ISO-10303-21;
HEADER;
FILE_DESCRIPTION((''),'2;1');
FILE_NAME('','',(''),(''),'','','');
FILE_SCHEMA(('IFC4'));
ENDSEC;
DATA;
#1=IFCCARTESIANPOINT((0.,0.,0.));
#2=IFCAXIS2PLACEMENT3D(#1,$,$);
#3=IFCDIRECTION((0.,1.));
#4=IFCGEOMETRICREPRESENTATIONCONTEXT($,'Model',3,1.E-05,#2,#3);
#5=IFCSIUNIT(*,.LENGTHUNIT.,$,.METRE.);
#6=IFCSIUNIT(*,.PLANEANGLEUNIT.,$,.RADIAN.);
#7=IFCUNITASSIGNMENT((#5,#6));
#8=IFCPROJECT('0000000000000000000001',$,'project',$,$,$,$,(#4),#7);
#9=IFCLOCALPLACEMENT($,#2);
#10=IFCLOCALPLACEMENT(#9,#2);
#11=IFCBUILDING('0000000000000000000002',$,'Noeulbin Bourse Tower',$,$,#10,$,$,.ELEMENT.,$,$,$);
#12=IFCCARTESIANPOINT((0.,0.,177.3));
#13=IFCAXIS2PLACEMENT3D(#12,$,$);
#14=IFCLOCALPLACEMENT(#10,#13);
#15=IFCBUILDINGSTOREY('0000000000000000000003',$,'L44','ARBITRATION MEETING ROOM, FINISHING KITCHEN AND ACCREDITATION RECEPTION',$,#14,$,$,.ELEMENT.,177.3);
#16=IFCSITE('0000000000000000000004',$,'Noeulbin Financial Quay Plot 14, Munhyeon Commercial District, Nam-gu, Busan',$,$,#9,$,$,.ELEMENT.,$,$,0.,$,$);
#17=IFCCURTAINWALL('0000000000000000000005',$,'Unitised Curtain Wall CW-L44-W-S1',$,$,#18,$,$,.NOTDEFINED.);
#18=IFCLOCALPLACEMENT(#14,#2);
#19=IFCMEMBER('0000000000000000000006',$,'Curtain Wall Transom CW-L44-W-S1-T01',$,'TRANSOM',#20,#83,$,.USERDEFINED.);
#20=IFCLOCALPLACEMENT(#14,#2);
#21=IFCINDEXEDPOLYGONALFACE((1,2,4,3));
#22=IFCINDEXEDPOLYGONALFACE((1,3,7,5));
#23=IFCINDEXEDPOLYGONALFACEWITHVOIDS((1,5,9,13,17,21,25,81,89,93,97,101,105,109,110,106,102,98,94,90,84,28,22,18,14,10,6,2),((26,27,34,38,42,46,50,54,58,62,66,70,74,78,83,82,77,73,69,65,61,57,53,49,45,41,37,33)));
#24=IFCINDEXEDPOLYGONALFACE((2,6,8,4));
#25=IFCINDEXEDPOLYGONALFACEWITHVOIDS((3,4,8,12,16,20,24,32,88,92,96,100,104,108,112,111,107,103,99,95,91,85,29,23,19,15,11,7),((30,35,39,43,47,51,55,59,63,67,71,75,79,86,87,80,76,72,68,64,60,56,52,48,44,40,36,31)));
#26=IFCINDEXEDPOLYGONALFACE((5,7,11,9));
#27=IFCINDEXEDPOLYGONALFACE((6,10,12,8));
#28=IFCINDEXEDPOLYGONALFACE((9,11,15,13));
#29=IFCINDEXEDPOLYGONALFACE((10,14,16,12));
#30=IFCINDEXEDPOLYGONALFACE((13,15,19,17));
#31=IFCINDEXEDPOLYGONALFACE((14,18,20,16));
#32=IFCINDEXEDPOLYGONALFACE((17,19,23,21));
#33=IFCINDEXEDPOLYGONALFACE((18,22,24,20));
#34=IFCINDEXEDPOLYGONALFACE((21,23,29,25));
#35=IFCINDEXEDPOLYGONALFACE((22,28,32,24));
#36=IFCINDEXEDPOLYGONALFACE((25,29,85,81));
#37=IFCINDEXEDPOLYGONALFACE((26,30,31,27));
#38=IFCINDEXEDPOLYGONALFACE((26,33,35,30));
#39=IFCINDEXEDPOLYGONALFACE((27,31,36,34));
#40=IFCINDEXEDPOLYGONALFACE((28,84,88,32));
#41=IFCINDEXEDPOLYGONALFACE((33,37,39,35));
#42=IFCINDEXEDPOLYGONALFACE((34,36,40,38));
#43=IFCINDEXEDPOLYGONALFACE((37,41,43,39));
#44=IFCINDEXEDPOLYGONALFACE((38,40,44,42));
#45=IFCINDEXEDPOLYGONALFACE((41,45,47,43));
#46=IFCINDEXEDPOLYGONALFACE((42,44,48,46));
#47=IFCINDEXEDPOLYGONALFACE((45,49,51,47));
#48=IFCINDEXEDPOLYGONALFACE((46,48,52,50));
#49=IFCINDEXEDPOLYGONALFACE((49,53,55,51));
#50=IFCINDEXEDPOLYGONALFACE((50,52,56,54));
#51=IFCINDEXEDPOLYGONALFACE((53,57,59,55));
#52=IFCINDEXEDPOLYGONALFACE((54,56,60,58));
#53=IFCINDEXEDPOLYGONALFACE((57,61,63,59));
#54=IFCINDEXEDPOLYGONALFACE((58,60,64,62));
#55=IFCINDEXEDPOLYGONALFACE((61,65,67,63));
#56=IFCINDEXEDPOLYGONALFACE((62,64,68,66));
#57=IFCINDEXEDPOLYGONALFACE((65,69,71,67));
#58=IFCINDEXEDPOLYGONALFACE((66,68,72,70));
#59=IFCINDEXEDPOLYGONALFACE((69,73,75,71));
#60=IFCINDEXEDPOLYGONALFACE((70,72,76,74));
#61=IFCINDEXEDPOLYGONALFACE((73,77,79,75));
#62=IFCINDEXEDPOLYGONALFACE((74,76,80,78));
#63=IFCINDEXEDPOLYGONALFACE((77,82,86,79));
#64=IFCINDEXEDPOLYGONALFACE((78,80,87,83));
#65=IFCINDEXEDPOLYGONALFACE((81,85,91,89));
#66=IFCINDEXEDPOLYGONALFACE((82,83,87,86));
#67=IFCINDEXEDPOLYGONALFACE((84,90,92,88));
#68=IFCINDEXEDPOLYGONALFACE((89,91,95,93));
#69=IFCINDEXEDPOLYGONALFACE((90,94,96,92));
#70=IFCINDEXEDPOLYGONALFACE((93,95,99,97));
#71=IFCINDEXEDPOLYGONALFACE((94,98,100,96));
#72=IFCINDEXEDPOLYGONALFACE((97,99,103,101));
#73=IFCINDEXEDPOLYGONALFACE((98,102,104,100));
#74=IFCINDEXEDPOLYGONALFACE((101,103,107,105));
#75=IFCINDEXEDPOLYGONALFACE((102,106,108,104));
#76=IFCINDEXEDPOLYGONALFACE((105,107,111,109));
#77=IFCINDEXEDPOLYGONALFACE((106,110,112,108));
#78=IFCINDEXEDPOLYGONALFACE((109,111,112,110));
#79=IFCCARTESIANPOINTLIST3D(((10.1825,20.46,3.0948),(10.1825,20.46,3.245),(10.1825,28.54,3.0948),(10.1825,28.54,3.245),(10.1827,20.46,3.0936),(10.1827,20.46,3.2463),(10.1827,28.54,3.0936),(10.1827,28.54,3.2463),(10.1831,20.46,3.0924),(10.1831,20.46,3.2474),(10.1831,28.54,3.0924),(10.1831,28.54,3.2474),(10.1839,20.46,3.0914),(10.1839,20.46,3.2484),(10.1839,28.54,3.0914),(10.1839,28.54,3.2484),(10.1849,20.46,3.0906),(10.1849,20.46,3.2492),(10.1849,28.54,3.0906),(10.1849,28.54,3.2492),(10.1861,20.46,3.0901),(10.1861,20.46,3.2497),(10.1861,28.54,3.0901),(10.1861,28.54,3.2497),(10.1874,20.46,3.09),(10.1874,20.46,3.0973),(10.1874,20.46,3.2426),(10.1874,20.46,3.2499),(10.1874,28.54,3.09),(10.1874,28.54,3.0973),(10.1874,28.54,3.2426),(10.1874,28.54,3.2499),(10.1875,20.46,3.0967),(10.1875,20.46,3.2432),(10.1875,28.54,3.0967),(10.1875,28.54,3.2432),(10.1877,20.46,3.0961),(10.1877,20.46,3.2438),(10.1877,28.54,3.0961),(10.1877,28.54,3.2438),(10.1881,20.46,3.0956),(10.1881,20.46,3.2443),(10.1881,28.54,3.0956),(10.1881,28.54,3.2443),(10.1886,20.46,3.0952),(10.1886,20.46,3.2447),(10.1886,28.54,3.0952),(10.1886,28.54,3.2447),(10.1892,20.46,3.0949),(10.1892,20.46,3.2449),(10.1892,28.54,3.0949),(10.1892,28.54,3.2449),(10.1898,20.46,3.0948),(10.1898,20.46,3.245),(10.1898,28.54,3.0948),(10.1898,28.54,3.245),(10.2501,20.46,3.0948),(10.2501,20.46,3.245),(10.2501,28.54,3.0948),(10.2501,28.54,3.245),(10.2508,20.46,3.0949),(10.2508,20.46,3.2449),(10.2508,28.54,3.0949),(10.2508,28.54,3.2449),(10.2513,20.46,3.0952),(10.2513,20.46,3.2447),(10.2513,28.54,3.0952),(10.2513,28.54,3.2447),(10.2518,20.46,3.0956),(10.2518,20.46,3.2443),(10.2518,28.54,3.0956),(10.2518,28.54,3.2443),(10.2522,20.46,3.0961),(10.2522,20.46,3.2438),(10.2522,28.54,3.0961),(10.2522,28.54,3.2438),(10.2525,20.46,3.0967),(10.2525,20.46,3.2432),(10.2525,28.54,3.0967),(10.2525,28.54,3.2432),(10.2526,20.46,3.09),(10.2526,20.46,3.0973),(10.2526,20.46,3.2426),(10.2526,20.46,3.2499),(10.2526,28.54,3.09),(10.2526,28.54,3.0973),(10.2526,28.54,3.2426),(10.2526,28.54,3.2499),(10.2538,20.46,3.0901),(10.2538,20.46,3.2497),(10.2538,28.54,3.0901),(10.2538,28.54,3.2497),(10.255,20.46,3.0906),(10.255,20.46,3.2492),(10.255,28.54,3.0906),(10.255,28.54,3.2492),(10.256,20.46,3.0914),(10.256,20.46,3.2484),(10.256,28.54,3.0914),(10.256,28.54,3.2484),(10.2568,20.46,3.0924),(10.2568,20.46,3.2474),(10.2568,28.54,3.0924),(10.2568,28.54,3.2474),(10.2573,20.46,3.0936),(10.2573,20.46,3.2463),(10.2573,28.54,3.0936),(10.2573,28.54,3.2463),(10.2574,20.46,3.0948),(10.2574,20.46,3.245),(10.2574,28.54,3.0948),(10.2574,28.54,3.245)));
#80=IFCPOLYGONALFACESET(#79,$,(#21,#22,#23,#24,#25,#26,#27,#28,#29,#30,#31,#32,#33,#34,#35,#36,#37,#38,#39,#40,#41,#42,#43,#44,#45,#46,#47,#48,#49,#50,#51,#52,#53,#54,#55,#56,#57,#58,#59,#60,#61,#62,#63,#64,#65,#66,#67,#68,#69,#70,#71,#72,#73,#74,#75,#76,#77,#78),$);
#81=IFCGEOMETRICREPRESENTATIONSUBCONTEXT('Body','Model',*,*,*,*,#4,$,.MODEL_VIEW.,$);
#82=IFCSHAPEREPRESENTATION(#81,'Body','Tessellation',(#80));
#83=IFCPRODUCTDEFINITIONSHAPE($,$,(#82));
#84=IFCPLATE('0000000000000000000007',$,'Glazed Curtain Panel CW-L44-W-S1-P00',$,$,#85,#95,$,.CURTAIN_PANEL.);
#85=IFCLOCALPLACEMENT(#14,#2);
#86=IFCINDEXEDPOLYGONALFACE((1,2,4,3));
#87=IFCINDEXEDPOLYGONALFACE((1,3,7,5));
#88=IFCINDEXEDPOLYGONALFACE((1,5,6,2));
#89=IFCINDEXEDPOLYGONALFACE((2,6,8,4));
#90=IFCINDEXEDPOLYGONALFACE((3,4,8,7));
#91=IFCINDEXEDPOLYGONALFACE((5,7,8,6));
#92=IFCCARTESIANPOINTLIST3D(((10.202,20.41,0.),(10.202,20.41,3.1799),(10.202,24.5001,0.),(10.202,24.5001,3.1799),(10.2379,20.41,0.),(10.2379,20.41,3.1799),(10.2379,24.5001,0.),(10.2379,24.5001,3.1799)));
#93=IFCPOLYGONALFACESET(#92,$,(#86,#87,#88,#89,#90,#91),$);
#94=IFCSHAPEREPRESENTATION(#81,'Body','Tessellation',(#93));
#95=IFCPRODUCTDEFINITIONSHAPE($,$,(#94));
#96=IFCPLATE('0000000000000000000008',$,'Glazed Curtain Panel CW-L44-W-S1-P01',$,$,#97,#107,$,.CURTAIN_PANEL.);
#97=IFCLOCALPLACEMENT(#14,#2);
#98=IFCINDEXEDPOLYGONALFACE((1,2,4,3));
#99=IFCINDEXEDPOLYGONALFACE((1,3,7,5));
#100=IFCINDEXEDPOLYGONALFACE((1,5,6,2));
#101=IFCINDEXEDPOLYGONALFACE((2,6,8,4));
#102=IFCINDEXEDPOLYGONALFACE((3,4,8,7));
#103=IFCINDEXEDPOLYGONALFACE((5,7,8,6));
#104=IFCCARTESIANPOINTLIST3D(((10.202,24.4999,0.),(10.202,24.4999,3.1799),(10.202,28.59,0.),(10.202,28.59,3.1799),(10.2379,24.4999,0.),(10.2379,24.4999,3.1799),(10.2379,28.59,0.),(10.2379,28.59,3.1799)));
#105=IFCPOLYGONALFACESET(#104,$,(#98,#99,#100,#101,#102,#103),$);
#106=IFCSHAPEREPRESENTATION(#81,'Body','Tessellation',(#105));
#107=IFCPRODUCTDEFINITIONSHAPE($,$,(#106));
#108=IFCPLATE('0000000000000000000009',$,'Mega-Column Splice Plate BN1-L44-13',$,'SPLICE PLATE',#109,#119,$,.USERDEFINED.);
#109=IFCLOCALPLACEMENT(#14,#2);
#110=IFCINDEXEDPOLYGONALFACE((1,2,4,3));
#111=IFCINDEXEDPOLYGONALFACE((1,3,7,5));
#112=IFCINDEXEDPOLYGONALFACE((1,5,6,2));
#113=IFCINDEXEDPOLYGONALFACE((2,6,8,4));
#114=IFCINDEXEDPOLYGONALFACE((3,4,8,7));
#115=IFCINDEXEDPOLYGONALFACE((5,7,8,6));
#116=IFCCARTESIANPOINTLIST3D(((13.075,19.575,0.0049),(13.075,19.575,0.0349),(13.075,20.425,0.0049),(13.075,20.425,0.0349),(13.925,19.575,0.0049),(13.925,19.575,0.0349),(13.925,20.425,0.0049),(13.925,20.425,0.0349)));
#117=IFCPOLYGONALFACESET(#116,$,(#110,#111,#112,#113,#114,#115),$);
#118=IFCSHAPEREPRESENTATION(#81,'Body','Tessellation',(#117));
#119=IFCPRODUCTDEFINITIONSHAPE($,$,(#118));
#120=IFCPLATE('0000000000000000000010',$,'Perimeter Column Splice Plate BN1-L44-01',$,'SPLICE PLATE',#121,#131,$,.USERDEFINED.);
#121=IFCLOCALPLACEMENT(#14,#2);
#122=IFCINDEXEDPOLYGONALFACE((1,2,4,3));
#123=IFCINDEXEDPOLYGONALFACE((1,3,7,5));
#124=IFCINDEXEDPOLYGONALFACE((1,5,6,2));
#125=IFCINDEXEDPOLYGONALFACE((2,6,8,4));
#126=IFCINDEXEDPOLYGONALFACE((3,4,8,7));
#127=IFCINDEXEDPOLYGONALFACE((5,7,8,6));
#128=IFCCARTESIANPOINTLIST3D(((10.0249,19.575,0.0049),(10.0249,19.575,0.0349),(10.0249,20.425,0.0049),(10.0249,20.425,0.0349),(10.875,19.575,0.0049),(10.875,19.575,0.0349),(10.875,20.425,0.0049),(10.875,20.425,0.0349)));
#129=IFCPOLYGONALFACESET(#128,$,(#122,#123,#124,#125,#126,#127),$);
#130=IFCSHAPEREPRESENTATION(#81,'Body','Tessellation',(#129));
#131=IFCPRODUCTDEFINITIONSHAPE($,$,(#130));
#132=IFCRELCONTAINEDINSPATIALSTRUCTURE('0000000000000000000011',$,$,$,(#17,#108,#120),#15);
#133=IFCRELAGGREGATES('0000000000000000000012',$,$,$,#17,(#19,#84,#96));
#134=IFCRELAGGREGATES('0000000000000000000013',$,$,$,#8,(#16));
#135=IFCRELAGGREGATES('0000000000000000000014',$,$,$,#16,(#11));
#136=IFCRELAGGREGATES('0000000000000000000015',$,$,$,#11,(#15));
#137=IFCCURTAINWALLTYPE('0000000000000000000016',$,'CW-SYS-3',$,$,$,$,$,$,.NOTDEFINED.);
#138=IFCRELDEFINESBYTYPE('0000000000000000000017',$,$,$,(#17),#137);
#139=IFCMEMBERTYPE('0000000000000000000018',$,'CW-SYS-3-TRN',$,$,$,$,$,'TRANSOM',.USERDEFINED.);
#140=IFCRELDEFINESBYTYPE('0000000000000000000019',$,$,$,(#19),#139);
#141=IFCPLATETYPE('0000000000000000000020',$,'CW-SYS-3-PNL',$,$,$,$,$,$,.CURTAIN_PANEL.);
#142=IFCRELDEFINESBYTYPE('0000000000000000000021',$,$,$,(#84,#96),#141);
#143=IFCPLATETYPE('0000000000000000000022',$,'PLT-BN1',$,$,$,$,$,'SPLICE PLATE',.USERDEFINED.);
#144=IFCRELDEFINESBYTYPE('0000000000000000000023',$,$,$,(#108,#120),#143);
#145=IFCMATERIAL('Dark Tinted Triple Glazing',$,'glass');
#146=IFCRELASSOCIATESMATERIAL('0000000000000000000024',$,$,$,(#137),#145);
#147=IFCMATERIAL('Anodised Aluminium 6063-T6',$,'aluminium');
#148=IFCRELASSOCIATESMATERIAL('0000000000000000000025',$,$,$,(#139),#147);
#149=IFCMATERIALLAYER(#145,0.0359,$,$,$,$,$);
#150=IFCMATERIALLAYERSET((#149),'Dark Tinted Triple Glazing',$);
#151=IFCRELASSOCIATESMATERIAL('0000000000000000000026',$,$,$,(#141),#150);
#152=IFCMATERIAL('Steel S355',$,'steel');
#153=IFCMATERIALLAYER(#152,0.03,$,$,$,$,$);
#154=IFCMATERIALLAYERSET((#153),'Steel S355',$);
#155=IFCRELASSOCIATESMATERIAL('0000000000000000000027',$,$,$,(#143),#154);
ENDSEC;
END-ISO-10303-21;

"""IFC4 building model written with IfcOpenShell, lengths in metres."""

from ifc_helpers import new_model, si_unit, direction, frame, origin, origin_2d, place, context, subcontext, project, spatial, rectangle, hollow_rectangle, extrude, material, layer, layer_set, material_profile, profile_set, type_object, element, aggregate, save


model = new_model("IFC4")

# Units and contexts
model_context = context("Model", 3, precision=1e-05, world=origin(), true_north=direction((0.0, 1.0)))
body_context = subcontext(model_context, "Body", "Model", "MODEL_VIEW")
ifc_project = project(units=[si_unit("LENGTHUNIT", "METRE"), si_unit("PLANEANGLEUNIT", "RADIAN")], contexts=[model_context])

# Site, building, storey
site_placement = place(None, origin())
site = spatial("IfcSite", under=ifc_project, at=site_placement, Name="Noeulbin Financial Quay Plot 14, Munhyeon Commercial District, Nam-gu, Busan", CompositionType="ELEMENT", RefElevation=0.0)
building_placement = place(site_placement, origin())
building = spatial("IfcBuilding", under=site, at=building_placement, Name="Noeulbin Bourse Tower", CompositionType="ELEMENT")
storey_placement = place(building_placement, frame((0.0, 0.0, 177.3)))
storey = spatial("IfcBuildingStorey", under=building, at=storey_placement, Name="L44", Description="ARBITRATION MEETING ROOM, FINISHING KITCHEN AND ACCREDITATION RECEPTION", CompositionType="ELEMENT", Elevation=177.3)

# Shared definitions
ifc_material_1 = material(Name="Steel S355", Category="steel")

# Curtain wall, member, plates
ifc_material_2 = material(Name="Dark Tinted Triple Glazing", Category="glass")
curtain_wall_type = type_object("IfcCurtainWallType", Name="CW-SYS-3", PredefinedType="NOTDEFINED", material=ifc_material_2)
curtain_wall_placement = place(storey_placement, origin())
curtain_wall = element("IfcCurtainWall", 1, at=curtain_wall_placement, inside=storey, type_object=curtain_wall_type, Name="Unitised Curtain Wall CW-L44-W-S1", PredefinedType="NOTDEFINED")
ifc_material_3 = material(Name="Anodised Aluminium 6063-T6", Category="aluminium")
ifc_material_profile_1 = material_profile(ifc_material_3, hollow_rectangle(XDim=0.075, YDim=0.1599, WallThickness=0.0049, InnerFilletRadius=0.0024, OuterFilletRadius=0.0049, at=origin_2d()), Name="ALU-TRAN-75x160x5", Category="LoadBearing")
ifc_profile_set_1 = profile_set([ifc_material_profile_1], Name="Anodised Aluminium 6063-T6")
member_type_1 = type_object("IfcMemberType", Name="CW-SYS-3-TRN", ElementType="TRANSOM", PredefinedType="USERDEFINED", material=ifc_profile_set_1)
member_1_placement = place(storey_placement, frame((10.22, 20.46, 3.1699), z_axis=(0.0, 1.0, 0.0), x_axis=(-1.0, 0.0, 0.0)))
member_1 = element("IfcMember", 2, at=member_1_placement, type_object=member_type_1, Name="Curtain Wall Transom CW-L44-W-S1-T01", ObjectType="TRANSOM", PredefinedType="USERDEFINED", context=body_context, shape_type="SweptSolid", body=[
    extrude(hollow_rectangle(XDim=0.075, YDim=0.1599, WallThickness=0.0049, InnerFilletRadius=0.0024, OuterFilletRadius=0.0049, at=origin_2d()), origin(), (0.0, 0.0, 1.0), 8.0801),
])
ifc_layer_1 = layer(ifc_material_2, 0.0359)
ifc_layer_set_1 = layer_set([ifc_layer_1], Name="Dark Tinted Triple Glazing")
plate_type_1 = type_object("IfcPlateType", Name="CW-SYS-3-PNL", PredefinedType="CURTAIN_PANEL", material=ifc_layer_set_1)
plate_1_placement = place(storey_placement, frame((10.22, 22.4551, 0.0), z_axis=(0.0, 0.0, 1.0), x_axis=(0.0, 1.0, 0.0)))
plate_1 = element("IfcPlate", 3, at=plate_1_placement, type_object=plate_type_1, Name="Glazed Curtain Panel CW-L44-W-S1-P00", PredefinedType="CURTAIN_PANEL", context=body_context, shape_type="SweptSolid", body=[
    extrude(rectangle(XDim=4.0901, YDim=0.0359, at=origin_2d()), origin(), (0.0, 0.0, 1.0), 3.1799),
])
plate_2_placement = place(storey_placement, frame((10.22, 26.5449, 0.0), z_axis=(0.0, 0.0, 1.0), x_axis=(0.0, 1.0, 0.0)))
plate_2 = element("IfcPlate", 4, at=plate_2_placement, type_object=plate_type_1, Name="Glazed Curtain Panel CW-L44-W-S1-P01", PredefinedType="CURTAIN_PANEL", context=body_context, shape_type="SweptSolid", body=[
    extrude(rectangle(XDim=4.0901, YDim=0.0359, at=origin_2d()), origin(), (0.0, 0.0, 1.0), 3.1799),
])
aggregate(curtain_wall, [member_1, plate_1, plate_2])

# Plates
ifc_layer_2 = layer(ifc_material_1, 0.03)
ifc_layer_set_2 = layer_set([ifc_layer_2], Name="Steel S355")
plate_type_2 = type_object("IfcPlateType", Name="PLT-BN1", ElementType="SPLICE PLATE", PredefinedType="USERDEFINED", material=ifc_layer_set_2)
for number, where, z_axis, x_axis, name in (
    (5, (13.5, 20.0, 0.0049), (0.0, 0.0, 1.0), (1.0, 0.0, 0.0), "Mega-Column Splice Plate BN1-L44-13"),
    (6, (10.45, 20.0, 0.0049), (0.0, 0.0, 1.0), (1.0, 0.0, 0.0), "Perimeter Column Splice Plate BN1-L44-01"),
):
    element("IfcPlate", number, at=place(storey_placement, frame(where, z_axis=z_axis, x_axis=x_axis)), inside=storey, type_object=plate_type_2, Name=name, ObjectType="SPLICE PLATE", PredefinedType="USERDEFINED", context=body_context, shape_type="SweptSolid", body=[
        extrude(rectangle(XDim=0.8501, YDim=0.8501, at=origin_2d()), origin(), (0.0, 0.0, 1.0), 0.03),
    ])

save(model, "model.ifc")
